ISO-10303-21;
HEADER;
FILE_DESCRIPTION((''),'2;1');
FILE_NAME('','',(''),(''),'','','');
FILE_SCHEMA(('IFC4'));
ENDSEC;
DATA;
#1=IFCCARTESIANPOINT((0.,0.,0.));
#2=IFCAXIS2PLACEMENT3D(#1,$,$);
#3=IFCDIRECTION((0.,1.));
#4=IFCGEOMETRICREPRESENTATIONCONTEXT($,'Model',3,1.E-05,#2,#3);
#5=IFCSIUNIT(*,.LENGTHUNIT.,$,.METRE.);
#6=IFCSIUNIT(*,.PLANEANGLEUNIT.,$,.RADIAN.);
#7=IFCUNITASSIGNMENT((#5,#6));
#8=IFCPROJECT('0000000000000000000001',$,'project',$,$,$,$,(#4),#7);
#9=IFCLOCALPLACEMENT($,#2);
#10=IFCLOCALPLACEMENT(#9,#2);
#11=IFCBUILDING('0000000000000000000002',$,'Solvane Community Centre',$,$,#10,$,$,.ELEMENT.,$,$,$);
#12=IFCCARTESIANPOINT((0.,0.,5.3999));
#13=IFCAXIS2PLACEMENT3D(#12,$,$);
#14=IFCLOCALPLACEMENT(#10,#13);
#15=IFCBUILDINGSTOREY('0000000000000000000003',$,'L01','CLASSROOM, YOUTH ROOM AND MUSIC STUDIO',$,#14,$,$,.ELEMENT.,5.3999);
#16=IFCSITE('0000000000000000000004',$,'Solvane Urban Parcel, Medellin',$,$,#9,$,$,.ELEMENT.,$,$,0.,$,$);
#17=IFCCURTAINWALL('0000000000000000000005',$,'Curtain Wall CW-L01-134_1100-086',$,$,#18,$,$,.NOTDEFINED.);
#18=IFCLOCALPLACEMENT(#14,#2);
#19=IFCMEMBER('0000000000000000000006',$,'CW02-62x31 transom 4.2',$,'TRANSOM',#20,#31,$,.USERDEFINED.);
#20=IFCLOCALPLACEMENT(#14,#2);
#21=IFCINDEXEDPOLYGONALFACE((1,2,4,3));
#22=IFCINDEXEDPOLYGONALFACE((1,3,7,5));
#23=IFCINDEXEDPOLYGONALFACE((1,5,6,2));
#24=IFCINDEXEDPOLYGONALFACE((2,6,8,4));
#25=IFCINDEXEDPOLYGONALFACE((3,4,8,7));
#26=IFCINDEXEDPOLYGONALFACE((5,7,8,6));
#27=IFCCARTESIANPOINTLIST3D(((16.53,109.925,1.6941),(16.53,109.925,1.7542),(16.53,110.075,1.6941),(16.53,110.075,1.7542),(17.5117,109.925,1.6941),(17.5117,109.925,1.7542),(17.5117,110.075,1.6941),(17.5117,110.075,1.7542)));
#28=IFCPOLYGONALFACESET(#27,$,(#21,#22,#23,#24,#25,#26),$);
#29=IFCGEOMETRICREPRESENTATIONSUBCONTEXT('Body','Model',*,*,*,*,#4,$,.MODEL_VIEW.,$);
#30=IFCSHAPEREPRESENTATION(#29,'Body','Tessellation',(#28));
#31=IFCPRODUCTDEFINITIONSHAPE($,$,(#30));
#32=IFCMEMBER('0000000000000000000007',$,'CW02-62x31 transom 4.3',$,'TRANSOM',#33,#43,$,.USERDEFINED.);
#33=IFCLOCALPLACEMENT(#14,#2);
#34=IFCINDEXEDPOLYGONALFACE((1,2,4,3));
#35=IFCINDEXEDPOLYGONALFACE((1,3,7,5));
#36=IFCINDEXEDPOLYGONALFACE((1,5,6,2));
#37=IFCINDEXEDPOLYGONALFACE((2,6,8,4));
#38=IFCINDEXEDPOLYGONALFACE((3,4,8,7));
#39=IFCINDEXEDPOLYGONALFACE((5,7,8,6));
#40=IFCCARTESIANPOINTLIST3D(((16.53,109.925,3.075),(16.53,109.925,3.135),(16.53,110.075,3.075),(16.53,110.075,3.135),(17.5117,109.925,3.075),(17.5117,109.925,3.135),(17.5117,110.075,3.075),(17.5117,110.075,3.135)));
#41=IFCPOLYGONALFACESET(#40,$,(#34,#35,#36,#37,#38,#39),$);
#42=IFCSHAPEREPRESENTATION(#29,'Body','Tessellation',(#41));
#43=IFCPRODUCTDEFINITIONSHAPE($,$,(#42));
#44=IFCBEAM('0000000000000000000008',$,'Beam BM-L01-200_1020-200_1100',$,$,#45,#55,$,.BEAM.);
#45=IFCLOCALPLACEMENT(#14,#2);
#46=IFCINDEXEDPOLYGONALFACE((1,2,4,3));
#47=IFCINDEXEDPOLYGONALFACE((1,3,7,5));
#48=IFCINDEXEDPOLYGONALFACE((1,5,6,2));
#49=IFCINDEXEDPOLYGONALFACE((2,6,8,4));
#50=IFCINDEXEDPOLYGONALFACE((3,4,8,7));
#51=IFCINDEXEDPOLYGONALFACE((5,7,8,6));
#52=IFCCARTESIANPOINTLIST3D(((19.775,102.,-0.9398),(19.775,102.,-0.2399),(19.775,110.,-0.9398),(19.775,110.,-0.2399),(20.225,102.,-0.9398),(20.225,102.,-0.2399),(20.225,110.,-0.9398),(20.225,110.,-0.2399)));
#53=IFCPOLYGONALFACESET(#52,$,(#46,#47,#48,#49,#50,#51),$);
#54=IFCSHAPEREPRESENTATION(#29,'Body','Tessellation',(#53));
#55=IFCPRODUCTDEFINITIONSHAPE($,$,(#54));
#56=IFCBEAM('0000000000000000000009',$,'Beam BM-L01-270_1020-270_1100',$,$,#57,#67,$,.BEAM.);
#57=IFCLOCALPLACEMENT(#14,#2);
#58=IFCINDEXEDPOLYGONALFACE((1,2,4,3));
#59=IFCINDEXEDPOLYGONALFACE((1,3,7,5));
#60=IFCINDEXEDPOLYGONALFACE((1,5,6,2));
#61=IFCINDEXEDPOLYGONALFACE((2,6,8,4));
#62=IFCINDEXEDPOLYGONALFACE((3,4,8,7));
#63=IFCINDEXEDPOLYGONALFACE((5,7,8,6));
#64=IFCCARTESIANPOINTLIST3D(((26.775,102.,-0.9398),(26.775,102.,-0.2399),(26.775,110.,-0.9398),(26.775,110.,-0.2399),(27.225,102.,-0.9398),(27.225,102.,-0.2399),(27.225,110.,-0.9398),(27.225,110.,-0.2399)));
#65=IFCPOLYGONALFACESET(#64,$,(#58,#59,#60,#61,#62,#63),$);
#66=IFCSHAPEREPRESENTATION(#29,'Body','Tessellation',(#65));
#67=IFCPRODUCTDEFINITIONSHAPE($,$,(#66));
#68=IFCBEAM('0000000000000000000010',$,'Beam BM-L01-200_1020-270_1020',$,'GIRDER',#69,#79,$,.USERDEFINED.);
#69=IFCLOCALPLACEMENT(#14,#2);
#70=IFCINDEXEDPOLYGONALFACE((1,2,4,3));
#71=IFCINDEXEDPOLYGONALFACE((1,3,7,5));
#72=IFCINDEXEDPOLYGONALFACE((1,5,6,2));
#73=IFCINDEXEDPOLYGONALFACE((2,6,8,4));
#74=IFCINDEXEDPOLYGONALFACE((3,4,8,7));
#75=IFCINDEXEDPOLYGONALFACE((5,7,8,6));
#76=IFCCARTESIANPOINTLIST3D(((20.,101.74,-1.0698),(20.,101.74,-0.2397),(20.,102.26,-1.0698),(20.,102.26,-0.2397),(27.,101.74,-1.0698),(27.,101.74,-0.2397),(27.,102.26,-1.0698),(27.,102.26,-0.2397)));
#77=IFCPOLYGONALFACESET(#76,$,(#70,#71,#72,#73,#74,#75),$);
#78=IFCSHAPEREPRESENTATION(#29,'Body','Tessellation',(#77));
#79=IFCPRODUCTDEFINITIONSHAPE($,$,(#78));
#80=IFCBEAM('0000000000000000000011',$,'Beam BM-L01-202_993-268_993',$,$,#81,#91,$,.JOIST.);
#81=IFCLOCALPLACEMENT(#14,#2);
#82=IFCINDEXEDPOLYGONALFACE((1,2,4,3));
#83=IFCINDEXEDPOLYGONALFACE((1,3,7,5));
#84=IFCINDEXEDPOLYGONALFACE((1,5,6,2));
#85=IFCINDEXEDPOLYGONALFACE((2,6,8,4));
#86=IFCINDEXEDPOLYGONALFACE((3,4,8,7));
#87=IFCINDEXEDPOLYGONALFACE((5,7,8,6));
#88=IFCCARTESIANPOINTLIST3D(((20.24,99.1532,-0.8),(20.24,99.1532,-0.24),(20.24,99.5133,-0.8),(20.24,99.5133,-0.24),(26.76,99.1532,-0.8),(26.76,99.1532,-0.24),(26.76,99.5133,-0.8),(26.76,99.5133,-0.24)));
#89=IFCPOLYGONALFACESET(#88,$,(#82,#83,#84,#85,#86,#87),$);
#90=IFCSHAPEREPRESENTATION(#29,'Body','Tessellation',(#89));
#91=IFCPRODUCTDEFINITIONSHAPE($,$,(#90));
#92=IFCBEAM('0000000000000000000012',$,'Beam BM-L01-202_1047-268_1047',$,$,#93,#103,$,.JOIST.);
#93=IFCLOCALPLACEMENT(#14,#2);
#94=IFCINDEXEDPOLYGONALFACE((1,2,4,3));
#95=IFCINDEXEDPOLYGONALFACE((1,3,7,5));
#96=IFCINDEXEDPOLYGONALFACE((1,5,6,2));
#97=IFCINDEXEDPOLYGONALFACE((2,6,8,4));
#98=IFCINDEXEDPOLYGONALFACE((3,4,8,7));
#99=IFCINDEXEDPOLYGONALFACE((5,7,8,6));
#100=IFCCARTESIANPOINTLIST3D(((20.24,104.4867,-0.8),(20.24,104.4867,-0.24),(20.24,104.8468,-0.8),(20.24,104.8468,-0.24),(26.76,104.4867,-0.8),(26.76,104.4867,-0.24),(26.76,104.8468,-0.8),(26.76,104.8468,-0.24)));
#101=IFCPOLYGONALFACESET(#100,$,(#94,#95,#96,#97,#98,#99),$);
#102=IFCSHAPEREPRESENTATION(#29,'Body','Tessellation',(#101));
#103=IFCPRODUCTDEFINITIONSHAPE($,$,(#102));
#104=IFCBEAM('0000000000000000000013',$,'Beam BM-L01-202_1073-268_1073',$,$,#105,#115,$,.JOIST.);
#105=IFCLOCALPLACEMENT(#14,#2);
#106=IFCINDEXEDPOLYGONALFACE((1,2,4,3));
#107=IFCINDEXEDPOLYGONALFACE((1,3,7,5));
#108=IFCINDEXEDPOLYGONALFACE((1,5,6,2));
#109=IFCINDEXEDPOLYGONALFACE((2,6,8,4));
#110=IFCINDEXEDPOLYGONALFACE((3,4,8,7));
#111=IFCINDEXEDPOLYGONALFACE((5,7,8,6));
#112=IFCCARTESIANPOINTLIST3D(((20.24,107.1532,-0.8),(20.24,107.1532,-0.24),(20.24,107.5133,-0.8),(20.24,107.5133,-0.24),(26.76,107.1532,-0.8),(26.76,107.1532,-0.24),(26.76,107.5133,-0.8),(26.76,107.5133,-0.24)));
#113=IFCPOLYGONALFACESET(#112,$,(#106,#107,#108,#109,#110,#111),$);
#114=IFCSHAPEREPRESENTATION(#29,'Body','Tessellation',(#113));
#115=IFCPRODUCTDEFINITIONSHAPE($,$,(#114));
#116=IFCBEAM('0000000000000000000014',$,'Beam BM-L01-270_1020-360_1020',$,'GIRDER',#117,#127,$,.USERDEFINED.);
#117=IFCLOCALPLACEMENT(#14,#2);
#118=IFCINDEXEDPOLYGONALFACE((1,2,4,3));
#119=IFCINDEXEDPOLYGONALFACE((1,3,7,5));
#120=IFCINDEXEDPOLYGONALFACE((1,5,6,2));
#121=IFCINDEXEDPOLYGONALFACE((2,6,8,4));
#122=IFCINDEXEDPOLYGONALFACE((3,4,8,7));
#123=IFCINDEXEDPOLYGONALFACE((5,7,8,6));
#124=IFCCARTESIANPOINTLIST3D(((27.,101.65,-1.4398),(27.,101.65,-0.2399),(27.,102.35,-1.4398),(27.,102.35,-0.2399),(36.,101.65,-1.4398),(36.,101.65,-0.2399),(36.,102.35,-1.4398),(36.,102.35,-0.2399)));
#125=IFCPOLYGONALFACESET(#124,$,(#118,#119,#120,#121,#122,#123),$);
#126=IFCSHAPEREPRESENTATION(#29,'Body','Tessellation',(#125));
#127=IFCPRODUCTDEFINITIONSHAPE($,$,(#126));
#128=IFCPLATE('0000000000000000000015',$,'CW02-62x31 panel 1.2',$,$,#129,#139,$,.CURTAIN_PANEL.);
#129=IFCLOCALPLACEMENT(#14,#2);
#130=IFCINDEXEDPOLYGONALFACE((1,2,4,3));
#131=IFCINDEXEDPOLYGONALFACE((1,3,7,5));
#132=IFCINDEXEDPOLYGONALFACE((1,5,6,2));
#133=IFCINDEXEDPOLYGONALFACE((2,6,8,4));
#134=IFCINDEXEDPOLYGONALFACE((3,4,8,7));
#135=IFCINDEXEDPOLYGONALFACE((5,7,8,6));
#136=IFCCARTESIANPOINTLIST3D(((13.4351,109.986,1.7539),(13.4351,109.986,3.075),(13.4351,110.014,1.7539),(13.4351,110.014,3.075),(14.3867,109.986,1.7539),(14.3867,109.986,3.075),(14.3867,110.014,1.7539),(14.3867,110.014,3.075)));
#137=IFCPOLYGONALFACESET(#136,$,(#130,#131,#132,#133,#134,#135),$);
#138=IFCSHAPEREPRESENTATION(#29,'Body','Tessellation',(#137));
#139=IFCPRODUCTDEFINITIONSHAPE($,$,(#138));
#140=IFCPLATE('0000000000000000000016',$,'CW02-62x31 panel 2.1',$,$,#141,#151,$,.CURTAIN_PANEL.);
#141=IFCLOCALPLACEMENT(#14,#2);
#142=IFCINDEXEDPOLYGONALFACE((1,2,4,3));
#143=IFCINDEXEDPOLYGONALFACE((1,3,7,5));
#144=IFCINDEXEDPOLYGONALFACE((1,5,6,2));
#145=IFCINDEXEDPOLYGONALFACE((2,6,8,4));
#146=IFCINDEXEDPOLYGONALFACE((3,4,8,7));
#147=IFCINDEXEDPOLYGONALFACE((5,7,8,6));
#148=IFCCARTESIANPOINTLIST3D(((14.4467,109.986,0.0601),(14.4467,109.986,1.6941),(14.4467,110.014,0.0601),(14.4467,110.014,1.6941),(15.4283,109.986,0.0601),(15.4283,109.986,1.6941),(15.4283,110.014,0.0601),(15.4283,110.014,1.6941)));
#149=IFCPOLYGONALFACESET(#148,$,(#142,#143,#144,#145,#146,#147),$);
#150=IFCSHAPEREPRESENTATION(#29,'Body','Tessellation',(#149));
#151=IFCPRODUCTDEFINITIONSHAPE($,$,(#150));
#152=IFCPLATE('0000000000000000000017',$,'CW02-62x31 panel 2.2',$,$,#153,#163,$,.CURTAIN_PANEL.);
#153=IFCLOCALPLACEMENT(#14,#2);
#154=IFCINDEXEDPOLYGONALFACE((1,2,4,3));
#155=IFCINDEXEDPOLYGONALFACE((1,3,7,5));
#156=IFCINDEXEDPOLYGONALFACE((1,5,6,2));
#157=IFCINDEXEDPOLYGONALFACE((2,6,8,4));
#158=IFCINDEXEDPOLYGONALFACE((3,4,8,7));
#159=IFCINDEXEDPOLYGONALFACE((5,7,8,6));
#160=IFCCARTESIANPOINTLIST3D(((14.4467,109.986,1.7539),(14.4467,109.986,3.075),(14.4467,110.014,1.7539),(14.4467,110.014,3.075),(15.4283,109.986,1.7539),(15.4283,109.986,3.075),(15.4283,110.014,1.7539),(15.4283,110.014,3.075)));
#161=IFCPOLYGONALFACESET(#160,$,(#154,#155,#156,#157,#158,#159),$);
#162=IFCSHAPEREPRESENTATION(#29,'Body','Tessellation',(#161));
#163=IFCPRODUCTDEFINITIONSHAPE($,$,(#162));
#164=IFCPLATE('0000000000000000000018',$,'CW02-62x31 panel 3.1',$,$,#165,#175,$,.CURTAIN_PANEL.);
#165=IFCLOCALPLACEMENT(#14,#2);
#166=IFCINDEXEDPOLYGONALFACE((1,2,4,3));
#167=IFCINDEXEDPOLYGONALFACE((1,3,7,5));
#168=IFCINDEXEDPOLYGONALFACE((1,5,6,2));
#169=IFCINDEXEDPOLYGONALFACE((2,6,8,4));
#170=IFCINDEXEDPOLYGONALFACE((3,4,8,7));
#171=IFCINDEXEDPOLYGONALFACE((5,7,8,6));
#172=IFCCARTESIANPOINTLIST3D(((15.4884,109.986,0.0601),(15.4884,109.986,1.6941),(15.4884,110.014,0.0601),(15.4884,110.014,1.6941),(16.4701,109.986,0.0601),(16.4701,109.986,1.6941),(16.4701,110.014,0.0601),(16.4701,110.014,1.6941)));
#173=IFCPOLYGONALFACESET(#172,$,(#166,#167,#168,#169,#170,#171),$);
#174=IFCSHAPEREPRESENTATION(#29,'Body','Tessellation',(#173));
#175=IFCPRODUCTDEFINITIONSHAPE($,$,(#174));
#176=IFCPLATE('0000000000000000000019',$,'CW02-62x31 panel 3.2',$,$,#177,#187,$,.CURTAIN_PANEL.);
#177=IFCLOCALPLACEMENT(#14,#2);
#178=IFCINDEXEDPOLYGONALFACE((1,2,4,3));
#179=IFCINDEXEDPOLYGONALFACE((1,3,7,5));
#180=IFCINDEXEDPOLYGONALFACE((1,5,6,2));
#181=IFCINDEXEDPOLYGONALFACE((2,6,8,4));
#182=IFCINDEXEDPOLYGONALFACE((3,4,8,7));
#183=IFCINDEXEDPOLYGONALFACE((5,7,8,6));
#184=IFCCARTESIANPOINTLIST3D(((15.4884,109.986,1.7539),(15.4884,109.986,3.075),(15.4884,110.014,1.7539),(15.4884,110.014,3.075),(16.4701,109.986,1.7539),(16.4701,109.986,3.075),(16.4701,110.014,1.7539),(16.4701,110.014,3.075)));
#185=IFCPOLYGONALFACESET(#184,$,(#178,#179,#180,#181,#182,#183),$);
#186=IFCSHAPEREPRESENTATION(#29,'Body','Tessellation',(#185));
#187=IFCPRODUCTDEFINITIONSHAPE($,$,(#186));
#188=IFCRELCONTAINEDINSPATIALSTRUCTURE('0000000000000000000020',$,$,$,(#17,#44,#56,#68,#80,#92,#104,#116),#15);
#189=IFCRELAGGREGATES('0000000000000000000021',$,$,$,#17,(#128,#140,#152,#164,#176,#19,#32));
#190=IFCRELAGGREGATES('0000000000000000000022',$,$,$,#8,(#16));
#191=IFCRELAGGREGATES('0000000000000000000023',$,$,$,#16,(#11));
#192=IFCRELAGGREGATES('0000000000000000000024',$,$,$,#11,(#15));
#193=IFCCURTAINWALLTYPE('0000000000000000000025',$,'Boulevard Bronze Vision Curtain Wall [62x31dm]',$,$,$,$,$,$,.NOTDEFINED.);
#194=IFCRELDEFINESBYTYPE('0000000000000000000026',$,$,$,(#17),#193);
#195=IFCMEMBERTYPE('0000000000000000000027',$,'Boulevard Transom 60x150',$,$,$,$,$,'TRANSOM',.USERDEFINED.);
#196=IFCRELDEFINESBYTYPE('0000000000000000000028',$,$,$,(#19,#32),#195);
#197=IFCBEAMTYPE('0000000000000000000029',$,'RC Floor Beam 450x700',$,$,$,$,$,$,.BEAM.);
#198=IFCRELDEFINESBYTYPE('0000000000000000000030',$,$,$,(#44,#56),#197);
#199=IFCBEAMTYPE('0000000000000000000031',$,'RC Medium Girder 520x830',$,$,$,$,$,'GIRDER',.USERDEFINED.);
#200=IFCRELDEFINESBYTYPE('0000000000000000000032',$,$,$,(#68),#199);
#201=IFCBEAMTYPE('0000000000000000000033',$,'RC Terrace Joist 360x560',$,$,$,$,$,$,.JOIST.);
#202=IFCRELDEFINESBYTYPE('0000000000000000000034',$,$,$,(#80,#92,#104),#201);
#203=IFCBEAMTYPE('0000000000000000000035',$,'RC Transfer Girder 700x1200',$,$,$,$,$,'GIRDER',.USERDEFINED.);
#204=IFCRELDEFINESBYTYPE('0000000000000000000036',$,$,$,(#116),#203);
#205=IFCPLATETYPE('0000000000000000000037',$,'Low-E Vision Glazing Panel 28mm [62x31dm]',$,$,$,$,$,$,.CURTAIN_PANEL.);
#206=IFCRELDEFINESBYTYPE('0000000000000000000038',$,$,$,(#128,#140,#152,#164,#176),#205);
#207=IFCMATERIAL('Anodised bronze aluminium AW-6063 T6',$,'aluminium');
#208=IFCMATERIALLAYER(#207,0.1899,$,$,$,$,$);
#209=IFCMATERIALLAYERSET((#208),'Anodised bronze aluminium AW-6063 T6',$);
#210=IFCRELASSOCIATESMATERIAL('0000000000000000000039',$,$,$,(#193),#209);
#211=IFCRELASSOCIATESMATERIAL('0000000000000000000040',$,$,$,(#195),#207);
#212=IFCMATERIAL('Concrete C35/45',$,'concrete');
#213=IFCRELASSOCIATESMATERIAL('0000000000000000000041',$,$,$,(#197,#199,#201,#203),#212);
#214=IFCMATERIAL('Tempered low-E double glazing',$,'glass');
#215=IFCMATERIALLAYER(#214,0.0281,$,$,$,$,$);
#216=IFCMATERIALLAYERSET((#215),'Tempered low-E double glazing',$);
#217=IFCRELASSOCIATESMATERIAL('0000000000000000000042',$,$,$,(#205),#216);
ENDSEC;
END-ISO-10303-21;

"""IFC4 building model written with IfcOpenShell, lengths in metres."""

from ifc_helpers import new_model, si_unit, direction, frame, origin, origin_2d, place, context, subcontext, project, spatial, rectangle, extrude, material, layer, layer_set, material_profile, profile_set, type_object, element, aggregate, save


model = new_model("IFC4")

# Units and contexts
model_context = context("Model", 3, precision=1e-05, world=origin(), true_north=direction((0.0, 1.0)))
body_context = subcontext(model_context, "Body", "Model", "MODEL_VIEW")
ifc_project = project(units=[si_unit("LENGTHUNIT", "METRE"), si_unit("PLANEANGLEUNIT", "RADIAN")], contexts=[model_context])

# Site, building, storey
site_placement = place(None, origin())
site = spatial("IfcSite", under=ifc_project, at=site_placement, Name="Solvane Urban Parcel, Medellin", CompositionType="ELEMENT", RefElevation=0.0)
building_placement = place(site_placement, origin())
building = spatial("IfcBuilding", under=site, at=building_placement, Name="Solvane Community Centre", CompositionType="ELEMENT")
storey_placement = place(building_placement, frame((0.0, 0.0, 5.3999)))
storey = spatial("IfcBuildingStorey", under=building, at=storey_placement, Name="L01", Description="CLASSROOM, YOUTH ROOM AND MUSIC STUDIO", CompositionType="ELEMENT", Elevation=5.3999)

# Shared definitions
ifc_material_1 = material(Name="Concrete C35/45", Category="concrete")

# Curtain wall, members
ifc_material_2 = material(Name="Anodised bronze aluminium AW-6063 T6", Category="aluminium")
ifc_layer_1 = layer(ifc_material_2, 0.1899)
ifc_layer_set_1 = layer_set([ifc_layer_1], Name="Anodised bronze aluminium AW-6063 T6")
curtain_wall_type = type_object("IfcCurtainWallType", Name="Boulevard Bronze Vision Curtain Wall [62x31dm]", PredefinedType="NOTDEFINED", material=ifc_layer_set_1)
curtain_wall_placement = place(storey_placement, origin())
curtain_wall = element("IfcCurtainWall", 1, at=curtain_wall_placement, inside=storey, type_object=curtain_wall_type, Name="Curtain Wall CW-L01-134_1100-086", PredefinedType="NOTDEFINED")
ifc_material_profile_1 = material_profile(ifc_material_2, rectangle(XDim=0.1499, YDim=0.0601, at=origin_2d()), Name="CW-T 60x150")
ifc_profile_set_1 = profile_set([ifc_material_profile_1], Name="Anodised bronze aluminium AW-6063 T6")
member_type_1 = type_object("IfcMemberType", Name="Boulevard Transom 60x150", ElementType="TRANSOM", PredefinedType="USERDEFINED", material=ifc_profile_set_1)
member_1_placement = place(storey_placement, frame((16.53, 110.0, 1.7241), z_axis=(1.0, 0.0, 0.0), x_axis=(0.0, 1.0, 0.0)))
member_1 = element("IfcMember", 2, at=member_1_placement, type_object=member_type_1, Name="CW02-62x31 transom 4.2", ObjectType="TRANSOM", PredefinedType="USERDEFINED", context=body_context, shape_type="SweptSolid", body=[
    extrude(rectangle(XDim=0.1499, YDim=0.0601, at=origin_2d()), origin(), (0.0, 0.0, 1.0), 0.9817),
])
member_2_placement = place(storey_placement, frame((16.53, 110.0, 3.105), z_axis=(1.0, 0.0, 0.0), x_axis=(0.0, 1.0, 0.0)))
member_2 = element("IfcMember", 3, at=member_2_placement, type_object=member_type_1, Name="CW02-62x31 transom 4.3", ObjectType="TRANSOM", PredefinedType="USERDEFINED", context=body_context, shape_type="SweptSolid", body=[
    extrude(rectangle(XDim=0.1499, YDim=0.0601, at=origin_2d()), origin(), (0.0, 0.0, 1.0), 0.9817),
])

# Beams
ifc_material_profile_2 = material_profile(ifc_material_1, rectangle(XDim=0.45, YDim=0.7, at=origin_2d()), Name="RC 450x700")
ifc_profile_set_2 = profile_set([ifc_material_profile_2], Name="Concrete C35/45")
beam_type_1 = type_object("IfcBeamType", Name="RC Floor Beam 450x700", PredefinedType="BEAM", material=ifc_profile_set_2)
for number, where, z_axis, x_axis, name in (
    (4, (20.0, 102.0, -0.5898), (0.0, 1.0, 0.0), (-1.0, 0.0, 0.0), "Beam BM-L01-200_1020-200_1100"),
    (5, (27.0, 102.0, -0.5898), (0.0, 1.0, 0.0), (-1.0, 0.0, 0.0), "Beam BM-L01-270_1020-270_1100"),
):
    element("IfcBeam", number, at=place(storey_placement, frame(where, z_axis=z_axis, x_axis=x_axis)), inside=storey, type_object=beam_type_1, Name=name, PredefinedType="BEAM", context=body_context, shape_type="SweptSolid", body=[
        extrude(rectangle(XDim=0.45, YDim=0.7, at=origin_2d()), origin(), (0.0, 0.0, 1.0), 8.0),
    ])
ifc_material_profile_3 = material_profile(ifc_material_1, rectangle(XDim=0.52, YDim=0.8301, at=origin_2d()), Name="RC 520x830")
ifc_profile_set_3 = profile_set([ifc_material_profile_3], Name="Concrete C35/45")
beam_type_2 = type_object("IfcBeamType", Name="RC Medium Girder 520x830", ElementType="GIRDER", PredefinedType="USERDEFINED", material=ifc_profile_set_3)
beam_1_placement = place(storey_placement, frame((20.0, 102.0, -0.6548), z_axis=(1.0, 0.0, 0.0), x_axis=(0.0, 1.0, 0.0)))
element("IfcBeam", 6, at=beam_1_placement, inside=storey, type_object=beam_type_2, Name="Beam BM-L01-200_1020-270_1020", ObjectType="GIRDER", PredefinedType="USERDEFINED", context=body_context, shape_type="SweptSolid", body=[
    extrude(rectangle(XDim=0.52, YDim=0.8301, at=origin_2d()), origin(), (0.0, 0.0, 1.0), 7.0),
])
ifc_material_profile_4 = material_profile(ifc_material_1, rectangle(XDim=0.3601, YDim=0.5601, at=origin_2d()), Name="RC 360x560")
ifc_profile_set_4 = profile_set([ifc_material_profile_4], Name="Concrete C35/45")
beam_type_3 = type_object("IfcBeamType", Name="RC Terrace Joist 360x560", PredefinedType="JOIST", material=ifc_profile_set_4)
for number, where, z_axis, x_axis, name in (
    (7, (20.24, 99.3333, -0.52), (1.0, 0.0, 0.0), (0.0, 1.0, 0.0), "Beam BM-L01-202_993-268_993"),
    (8, (20.24, 104.6667, -0.52), (1.0, 0.0, 0.0), (0.0, 1.0, 0.0), "Beam BM-L01-202_1047-268_1047"),
    (9, (20.24, 107.3333, -0.52), (1.0, 0.0, 0.0), (0.0, 1.0, 0.0), "Beam BM-L01-202_1073-268_1073"),
):
    element("IfcBeam", number, at=place(storey_placement, frame(where, z_axis=z_axis, x_axis=x_axis)), inside=storey, type_object=beam_type_3, Name=name, PredefinedType="JOIST", context=body_context, shape_type="SweptSolid", body=[
        extrude(rectangle(XDim=0.3601, YDim=0.5601, at=origin_2d()), origin(), (0.0, 0.0, 1.0), 6.52),
    ])
ifc_material_profile_5 = material_profile(ifc_material_1, rectangle(XDim=0.7, YDim=1.2, at=origin_2d()), Name="RC 700x1200")
ifc_profile_set_5 = profile_set([ifc_material_profile_5], Name="Concrete C35/45")
beam_type_4 = type_object("IfcBeamType", Name="RC Transfer Girder 700x1200", ElementType="GIRDER", PredefinedType="USERDEFINED", material=ifc_profile_set_5)
beam_2_placement = place(storey_placement, frame((27.0, 102.0, -0.8398), z_axis=(1.0, 0.0, 0.0), x_axis=(0.0, 1.0, 0.0)))
element("IfcBeam", 10, at=beam_2_placement, inside=storey, type_object=beam_type_4, Name="Beam BM-L01-270_1020-360_1020", ObjectType="GIRDER", PredefinedType="USERDEFINED", context=body_context, shape_type="SweptSolid", body=[
    extrude(rectangle(XDim=0.7, YDim=1.2, at=origin_2d()), origin(), (0.0, 0.0, 1.0), 9.0),
])

# Plates
ifc_material_3 = material(Name="Tempered low-E double glazing", Category="glass")
ifc_layer_2 = layer(ifc_material_3, 0.0281)
ifc_layer_set_2 = layer_set([ifc_layer_2], Name="Tempered low-E double glazing")
plate_type = type_object("IfcPlateType", Name="Low-E Vision Glazing Panel 28mm [62x31dm]", PredefinedType="CURTAIN_PANEL", material=ifc_layer_set_2)
plate_1_placement = place(storey_placement, frame((13.9109, 110.0, 1.7539), z_axis=(0.0, 0.0, 1.0), x_axis=(1.0, 0.0, 0.0)))
plate_1 = element("IfcPlate", 11, at=plate_1_placement, type_object=plate_type, Name="CW02-62x31 panel 1.2", PredefinedType="CURTAIN_PANEL", context=body_context, shape_type="SweptSolid", body=[
    extrude(rectangle(XDim=0.9517, YDim=0.0281, at=origin_2d()), origin(), (0.0, 0.0, 1.0), 1.321),
])
plate_2_placement = place(storey_placement, frame((14.9375, 110.0, 0.0601), z_axis=(0.0, 0.0, 1.0), x_axis=(1.0, 0.0, 0.0)))
plate_2 = element("IfcPlate", 12, at=plate_2_placement, type_object=plate_type, Name="CW02-62x31 panel 2.1", PredefinedType="CURTAIN_PANEL", context=body_context, shape_type="SweptSolid", body=[
    extrude(rectangle(XDim=0.9817, YDim=0.0281, at=origin_2d()), origin(), (0.0, 0.0, 1.0), 1.634),
])
plate_3_placement = place(storey_placement, frame((14.9375, 110.0, 1.7539), z_axis=(0.0, 0.0, 1.0), x_axis=(1.0, 0.0, 0.0)))
plate_3 = element("IfcPlate", 13, at=plate_3_placement, type_object=plate_type, Name="CW02-62x31 panel 2.2", PredefinedType="CURTAIN_PANEL", context=body_context, shape_type="SweptSolid", body=[
    extrude(rectangle(XDim=0.9817, YDim=0.0281, at=origin_2d()), origin(), (0.0, 0.0, 1.0), 1.321),
])
plate_4_placement = place(storey_placement, frame((15.9792, 110.0, 0.0601), z_axis=(0.0, 0.0, 1.0), x_axis=(1.0, 0.0, 0.0)))
plate_4 = element("IfcPlate", 14, at=plate_4_placement, type_object=plate_type, Name="CW02-62x31 panel 3.1", PredefinedType="CURTAIN_PANEL", context=body_context, shape_type="SweptSolid", body=[
    extrude(rectangle(XDim=0.9817, YDim=0.0281, at=origin_2d()), origin(), (0.0, 0.0, 1.0), 1.634),
])
plate_5_placement = place(storey_placement, frame((15.9792, 110.0, 1.7539), z_axis=(0.0, 0.0, 1.0), x_axis=(1.0, 0.0, 0.0)))
plate_5 = element("IfcPlate", 15, at=plate_5_placement, type_object=plate_type, Name="CW02-62x31 panel 3.2", PredefinedType="CURTAIN_PANEL", context=body_context, shape_type="SweptSolid", body=[
    extrude(rectangle(XDim=0.9817, YDim=0.0281, at=origin_2d()), origin(), (0.0, 0.0, 1.0), 1.321),
])
aggregate(curtain_wall, [plate_1, plate_2, plate_3, plate_4, plate_5, member_1, member_2])

save(model, "model.ifc")
